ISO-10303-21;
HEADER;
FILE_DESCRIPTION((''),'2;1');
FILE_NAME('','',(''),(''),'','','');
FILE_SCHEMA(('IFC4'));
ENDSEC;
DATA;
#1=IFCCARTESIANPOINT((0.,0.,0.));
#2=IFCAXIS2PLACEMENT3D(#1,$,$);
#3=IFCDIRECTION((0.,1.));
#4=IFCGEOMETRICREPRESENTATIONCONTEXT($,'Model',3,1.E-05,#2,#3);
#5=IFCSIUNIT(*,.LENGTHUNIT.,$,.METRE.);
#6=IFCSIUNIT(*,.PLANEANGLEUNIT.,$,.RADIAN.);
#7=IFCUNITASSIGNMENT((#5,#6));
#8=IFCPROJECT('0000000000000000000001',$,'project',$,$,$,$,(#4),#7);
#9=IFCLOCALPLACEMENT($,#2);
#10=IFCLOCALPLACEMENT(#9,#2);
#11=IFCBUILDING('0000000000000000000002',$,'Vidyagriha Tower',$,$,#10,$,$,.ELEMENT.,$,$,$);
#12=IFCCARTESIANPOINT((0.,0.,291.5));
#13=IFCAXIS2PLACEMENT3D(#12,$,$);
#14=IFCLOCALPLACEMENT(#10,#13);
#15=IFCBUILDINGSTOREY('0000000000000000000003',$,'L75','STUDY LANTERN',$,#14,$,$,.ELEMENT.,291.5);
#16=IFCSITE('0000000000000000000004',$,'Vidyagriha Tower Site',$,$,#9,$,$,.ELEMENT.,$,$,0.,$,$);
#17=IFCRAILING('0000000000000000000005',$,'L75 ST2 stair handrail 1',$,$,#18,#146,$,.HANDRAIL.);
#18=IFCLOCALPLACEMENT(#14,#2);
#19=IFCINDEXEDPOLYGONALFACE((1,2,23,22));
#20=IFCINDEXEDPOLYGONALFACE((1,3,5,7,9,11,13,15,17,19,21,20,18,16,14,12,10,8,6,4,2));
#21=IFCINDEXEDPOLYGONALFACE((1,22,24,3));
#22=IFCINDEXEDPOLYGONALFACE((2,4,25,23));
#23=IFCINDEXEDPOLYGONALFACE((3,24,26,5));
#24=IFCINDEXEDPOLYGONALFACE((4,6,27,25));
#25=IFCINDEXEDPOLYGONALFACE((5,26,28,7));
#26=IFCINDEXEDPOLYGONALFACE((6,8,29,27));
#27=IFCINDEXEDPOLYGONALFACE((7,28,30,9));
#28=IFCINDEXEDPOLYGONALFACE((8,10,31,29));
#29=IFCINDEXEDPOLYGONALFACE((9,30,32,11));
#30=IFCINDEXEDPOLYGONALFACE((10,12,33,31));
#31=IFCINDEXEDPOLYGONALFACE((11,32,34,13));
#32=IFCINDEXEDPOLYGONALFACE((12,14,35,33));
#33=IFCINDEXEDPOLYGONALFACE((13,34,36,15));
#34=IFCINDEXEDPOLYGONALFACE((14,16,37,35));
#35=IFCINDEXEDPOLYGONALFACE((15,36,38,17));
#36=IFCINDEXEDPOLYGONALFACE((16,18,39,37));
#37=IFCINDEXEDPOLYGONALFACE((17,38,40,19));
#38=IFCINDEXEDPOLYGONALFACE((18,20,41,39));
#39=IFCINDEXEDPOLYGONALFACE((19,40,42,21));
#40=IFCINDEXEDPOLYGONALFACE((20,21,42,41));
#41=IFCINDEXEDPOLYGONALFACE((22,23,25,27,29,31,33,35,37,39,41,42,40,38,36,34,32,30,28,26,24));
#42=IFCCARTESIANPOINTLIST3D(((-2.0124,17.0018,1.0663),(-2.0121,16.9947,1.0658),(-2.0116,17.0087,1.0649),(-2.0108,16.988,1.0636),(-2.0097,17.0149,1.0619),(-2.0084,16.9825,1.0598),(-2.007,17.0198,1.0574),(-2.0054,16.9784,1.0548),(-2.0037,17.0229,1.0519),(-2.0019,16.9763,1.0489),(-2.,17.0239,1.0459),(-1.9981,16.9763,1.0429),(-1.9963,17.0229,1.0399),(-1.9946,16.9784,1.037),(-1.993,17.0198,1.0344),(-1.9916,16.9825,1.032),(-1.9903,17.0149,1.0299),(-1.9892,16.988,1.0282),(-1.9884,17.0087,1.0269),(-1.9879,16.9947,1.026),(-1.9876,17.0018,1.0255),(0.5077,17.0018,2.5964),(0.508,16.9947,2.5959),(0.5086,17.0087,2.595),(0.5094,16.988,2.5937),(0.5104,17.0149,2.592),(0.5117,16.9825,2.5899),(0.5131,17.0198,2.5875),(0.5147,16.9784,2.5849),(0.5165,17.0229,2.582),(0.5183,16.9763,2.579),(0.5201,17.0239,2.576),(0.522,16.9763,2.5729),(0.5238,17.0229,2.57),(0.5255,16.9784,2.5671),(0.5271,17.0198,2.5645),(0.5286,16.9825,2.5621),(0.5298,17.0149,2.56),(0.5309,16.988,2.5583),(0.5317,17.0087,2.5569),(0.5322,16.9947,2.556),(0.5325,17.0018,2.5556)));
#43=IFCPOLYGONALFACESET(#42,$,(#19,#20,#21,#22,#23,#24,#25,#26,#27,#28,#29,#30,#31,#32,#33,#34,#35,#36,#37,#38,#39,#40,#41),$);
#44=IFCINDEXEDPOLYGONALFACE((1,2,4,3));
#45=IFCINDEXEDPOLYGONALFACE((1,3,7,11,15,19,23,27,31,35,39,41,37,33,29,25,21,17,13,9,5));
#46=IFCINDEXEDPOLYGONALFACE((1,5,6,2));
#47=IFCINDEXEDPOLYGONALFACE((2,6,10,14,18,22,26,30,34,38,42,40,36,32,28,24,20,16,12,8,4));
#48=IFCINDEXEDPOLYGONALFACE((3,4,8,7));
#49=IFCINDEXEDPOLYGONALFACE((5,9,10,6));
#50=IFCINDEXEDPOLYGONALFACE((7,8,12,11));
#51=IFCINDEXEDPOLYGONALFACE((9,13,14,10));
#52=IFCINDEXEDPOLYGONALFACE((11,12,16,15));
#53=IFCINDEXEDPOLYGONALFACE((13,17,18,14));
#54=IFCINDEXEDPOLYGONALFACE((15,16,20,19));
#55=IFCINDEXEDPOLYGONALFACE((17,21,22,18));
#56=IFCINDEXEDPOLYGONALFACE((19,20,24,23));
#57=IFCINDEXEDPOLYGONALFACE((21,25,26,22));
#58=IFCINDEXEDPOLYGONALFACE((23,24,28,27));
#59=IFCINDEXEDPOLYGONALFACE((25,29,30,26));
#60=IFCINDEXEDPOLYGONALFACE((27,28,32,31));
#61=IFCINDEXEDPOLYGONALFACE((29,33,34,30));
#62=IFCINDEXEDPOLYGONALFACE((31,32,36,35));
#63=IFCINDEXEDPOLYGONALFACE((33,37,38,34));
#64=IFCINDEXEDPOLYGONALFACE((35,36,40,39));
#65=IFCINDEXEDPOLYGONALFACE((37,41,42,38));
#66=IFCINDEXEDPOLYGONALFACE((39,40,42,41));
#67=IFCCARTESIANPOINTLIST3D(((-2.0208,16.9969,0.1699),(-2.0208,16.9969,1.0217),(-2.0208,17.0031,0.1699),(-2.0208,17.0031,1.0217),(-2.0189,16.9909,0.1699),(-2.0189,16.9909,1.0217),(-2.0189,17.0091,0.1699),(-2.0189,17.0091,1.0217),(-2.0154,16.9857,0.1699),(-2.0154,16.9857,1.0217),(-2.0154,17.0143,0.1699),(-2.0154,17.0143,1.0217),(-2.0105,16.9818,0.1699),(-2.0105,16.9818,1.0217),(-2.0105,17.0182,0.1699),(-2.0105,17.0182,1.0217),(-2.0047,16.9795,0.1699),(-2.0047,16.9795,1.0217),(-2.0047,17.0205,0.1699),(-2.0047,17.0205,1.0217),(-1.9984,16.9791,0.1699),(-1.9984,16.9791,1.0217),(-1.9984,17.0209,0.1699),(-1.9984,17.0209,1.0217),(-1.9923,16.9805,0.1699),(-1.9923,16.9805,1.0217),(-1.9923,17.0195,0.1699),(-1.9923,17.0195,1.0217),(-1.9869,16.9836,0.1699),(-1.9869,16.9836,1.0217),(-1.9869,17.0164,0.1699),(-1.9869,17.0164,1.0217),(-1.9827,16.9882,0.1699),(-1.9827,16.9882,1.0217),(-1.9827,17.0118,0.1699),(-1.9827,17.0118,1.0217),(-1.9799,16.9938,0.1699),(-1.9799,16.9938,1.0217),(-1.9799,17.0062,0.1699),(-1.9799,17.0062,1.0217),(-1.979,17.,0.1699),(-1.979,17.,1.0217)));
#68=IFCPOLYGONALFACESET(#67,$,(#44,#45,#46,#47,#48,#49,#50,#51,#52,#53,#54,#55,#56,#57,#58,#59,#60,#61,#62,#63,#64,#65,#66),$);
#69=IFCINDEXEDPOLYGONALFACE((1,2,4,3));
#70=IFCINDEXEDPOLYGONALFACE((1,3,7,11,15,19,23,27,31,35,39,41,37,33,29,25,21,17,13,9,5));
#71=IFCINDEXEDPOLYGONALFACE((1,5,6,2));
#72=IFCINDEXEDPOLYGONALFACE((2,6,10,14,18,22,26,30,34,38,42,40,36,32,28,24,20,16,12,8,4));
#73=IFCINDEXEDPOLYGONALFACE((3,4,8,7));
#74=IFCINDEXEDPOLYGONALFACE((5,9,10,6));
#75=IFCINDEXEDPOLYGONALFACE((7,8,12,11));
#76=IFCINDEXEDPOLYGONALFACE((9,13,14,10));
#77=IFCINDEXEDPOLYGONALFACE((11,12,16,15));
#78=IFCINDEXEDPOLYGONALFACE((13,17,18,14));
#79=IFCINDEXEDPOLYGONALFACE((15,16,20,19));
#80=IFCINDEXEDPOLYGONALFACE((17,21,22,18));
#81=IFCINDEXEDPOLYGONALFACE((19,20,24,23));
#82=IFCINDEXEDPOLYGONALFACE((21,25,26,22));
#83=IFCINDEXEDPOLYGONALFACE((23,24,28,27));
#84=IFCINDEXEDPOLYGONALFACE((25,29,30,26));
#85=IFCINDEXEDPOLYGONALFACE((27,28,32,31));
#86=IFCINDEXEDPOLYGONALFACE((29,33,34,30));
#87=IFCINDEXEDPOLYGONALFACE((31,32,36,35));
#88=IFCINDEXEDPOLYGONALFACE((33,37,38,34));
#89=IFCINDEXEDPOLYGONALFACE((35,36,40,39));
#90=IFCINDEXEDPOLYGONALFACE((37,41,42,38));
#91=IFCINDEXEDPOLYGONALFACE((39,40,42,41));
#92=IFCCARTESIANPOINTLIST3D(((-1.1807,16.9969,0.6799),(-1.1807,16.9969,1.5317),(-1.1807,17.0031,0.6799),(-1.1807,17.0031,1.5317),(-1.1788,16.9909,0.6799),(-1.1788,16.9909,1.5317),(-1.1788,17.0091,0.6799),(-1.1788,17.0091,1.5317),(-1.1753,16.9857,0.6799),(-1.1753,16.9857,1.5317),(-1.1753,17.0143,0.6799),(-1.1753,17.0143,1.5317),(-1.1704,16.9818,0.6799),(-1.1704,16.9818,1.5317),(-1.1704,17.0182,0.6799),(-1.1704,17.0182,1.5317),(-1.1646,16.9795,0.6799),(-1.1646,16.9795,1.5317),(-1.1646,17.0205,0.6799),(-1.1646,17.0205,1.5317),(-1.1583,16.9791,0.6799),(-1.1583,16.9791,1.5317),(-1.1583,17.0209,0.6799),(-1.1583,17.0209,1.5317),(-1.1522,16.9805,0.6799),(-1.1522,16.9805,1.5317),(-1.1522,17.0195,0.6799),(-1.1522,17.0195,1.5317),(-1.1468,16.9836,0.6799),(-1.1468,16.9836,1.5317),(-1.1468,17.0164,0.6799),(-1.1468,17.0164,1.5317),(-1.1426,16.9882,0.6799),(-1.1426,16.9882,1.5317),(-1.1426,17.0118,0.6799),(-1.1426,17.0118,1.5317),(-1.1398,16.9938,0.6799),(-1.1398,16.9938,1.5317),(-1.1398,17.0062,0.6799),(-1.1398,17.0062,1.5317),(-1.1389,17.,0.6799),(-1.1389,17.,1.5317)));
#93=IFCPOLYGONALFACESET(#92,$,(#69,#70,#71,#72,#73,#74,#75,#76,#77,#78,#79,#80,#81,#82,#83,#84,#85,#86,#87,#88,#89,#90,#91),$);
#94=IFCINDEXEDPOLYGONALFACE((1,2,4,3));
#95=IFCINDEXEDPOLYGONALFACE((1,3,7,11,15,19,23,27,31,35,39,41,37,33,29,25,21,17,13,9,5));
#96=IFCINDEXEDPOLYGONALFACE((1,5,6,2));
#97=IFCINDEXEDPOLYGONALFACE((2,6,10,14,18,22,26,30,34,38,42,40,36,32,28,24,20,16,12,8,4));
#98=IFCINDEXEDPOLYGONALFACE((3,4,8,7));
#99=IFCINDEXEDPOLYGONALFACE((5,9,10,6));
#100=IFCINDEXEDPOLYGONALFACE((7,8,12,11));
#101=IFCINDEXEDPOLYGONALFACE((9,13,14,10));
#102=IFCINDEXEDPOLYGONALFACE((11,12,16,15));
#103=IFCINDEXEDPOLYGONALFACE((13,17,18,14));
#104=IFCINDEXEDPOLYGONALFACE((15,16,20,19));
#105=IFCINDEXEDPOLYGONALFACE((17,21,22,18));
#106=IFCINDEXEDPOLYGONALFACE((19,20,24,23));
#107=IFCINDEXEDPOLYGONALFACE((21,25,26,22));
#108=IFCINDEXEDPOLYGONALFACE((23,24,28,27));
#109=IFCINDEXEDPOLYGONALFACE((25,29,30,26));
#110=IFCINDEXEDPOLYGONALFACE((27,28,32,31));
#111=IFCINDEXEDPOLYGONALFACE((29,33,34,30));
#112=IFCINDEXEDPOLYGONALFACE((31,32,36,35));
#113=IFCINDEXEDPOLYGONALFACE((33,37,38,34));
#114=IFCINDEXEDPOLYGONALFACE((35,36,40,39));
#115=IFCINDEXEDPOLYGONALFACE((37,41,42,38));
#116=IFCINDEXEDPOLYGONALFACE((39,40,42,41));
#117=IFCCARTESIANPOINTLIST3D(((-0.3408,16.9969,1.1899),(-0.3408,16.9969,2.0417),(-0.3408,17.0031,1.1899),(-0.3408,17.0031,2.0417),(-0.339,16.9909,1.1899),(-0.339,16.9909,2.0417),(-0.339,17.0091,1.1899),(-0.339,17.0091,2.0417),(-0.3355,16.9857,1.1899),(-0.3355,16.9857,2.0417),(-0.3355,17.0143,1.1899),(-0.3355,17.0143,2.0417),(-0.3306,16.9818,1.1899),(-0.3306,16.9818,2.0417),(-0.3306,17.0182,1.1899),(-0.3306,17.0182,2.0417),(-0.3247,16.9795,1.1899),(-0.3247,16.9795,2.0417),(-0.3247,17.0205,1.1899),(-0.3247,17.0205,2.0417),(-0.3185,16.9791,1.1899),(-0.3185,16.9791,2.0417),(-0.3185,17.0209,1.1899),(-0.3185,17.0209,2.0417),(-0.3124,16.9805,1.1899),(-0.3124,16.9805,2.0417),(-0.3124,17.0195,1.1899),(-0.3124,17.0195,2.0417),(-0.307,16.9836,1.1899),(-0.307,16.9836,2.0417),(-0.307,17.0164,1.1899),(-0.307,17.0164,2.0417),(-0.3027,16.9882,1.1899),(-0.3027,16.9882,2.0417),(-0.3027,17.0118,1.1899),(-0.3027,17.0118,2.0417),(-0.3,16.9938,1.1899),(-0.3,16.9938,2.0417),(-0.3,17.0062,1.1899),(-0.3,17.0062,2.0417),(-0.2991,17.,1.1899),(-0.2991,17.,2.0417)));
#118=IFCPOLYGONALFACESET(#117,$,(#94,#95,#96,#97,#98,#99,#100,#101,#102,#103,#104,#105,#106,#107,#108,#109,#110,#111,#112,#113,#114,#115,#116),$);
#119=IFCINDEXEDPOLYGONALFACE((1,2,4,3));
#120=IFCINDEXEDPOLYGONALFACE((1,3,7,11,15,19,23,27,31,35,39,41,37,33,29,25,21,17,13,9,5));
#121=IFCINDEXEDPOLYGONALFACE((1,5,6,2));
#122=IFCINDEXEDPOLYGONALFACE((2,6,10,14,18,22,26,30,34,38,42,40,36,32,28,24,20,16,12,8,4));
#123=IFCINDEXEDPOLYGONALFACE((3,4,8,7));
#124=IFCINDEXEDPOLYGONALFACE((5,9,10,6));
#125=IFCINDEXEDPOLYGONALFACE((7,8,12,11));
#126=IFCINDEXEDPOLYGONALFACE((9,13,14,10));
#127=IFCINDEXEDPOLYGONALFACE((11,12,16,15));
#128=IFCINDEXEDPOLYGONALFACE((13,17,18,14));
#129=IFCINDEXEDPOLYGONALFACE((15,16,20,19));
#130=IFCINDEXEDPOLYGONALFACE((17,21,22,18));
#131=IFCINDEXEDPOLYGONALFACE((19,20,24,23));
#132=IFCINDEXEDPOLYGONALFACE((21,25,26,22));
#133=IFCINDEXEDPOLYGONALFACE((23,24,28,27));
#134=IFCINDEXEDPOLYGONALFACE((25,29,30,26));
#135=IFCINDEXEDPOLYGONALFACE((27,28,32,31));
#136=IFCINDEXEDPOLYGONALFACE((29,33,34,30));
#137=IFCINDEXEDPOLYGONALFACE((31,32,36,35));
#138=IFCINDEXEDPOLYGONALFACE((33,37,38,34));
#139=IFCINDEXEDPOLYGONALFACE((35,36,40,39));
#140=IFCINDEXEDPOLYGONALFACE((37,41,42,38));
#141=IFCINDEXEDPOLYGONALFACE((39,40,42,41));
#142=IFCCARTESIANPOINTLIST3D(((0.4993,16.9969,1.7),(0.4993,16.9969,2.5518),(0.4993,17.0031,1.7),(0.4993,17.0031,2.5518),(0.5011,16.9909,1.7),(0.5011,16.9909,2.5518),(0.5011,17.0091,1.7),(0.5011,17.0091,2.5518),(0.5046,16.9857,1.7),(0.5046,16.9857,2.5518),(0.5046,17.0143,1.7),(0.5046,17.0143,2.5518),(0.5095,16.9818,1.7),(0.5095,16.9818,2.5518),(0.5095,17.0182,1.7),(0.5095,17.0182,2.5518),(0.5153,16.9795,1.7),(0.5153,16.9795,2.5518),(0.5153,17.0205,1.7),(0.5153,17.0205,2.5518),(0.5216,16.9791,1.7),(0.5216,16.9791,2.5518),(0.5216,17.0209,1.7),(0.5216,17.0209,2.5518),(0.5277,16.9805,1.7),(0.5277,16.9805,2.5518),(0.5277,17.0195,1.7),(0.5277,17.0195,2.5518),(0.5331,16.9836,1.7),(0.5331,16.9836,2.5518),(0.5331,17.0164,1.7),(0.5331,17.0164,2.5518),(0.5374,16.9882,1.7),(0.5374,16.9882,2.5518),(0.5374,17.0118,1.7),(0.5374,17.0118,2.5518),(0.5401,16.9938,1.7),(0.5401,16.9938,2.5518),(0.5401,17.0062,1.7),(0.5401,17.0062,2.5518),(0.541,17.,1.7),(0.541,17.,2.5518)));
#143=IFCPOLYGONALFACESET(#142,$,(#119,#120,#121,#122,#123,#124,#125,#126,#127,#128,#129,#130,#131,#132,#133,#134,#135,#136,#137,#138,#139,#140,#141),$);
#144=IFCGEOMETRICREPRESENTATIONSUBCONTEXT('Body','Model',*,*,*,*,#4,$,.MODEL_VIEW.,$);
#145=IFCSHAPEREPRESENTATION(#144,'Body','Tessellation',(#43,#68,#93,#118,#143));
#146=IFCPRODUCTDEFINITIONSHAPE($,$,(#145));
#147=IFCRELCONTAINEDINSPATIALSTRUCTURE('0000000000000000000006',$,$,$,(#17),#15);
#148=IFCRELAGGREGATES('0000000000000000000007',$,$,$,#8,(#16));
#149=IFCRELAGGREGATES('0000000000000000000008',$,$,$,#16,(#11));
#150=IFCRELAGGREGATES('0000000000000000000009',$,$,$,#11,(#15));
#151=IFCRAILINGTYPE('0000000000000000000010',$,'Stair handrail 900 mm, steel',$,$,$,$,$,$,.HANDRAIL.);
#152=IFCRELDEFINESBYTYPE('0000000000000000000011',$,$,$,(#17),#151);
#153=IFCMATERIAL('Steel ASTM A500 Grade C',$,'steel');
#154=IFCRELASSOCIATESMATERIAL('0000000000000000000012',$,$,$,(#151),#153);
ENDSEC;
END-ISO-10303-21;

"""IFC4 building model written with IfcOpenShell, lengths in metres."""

from ifc_helpers import new_model, si_unit, direction, frame, origin, origin_2d, place, context, subcontext, project, spatial, circle, extrude, material, type_object, element, save


model = new_model("IFC4")

# Units and contexts
model_context = context("Model", 3, precision=1e-05, world=origin(), true_north=direction((0.0, 1.0)))
body_context = subcontext(model_context, "Body", "Model", "MODEL_VIEW")
ifc_project = project(units=[si_unit("LENGTHUNIT", "METRE"), si_unit("PLANEANGLEUNIT", "RADIAN")], contexts=[model_context])

# Site, building, storey
site_placement = place(None, origin())
site = spatial("IfcSite", under=ifc_project, at=site_placement, Name="Vidyagriha Tower Site", CompositionType="ELEMENT", RefElevation=0.0)
building_placement = place(site_placement, origin())
building = spatial("IfcBuilding", under=site, at=building_placement, Name="Vidyagriha Tower", CompositionType="ELEMENT")
storey_placement = place(building_placement, frame((0.0, 0.0, 291.5)))
storey = spatial("IfcBuildingStorey", under=building, at=storey_placement, Name="L75", Description="STUDY LANTERN", CompositionType="ELEMENT", Elevation=291.5)

# Railing
ifc_material_1 = material(Name="Steel ASTM A500 Grade C", Category="steel")
railing_type_1 = type_object("IfcRailingType", Name="Stair handrail 900 mm, steel", PredefinedType="HANDRAIL", material=ifc_material_1)
railing_1_placement = place(storey_placement, frame((-2.0, 17.0, 0.1699)))
element("IfcRailing", 1, at=railing_1_placement, inside=storey, type_object=railing_type_1, Name="L75 ST2 stair handrail 1", PredefinedType="HANDRAIL", context=body_context, shape_type="SweptSolid", body=[
    extrude(circle(Radius=0.0239, at=origin_2d()), frame((0.0, 0.0, 0.876), z_axis=(0.854785, 0.0, 0.518982), x_axis=(0.0, 1.0, 0.0)), (0.0, 0.0, 1.0), 2.9482),
    extrude(circle(Radius=0.021, at=origin_2d()), origin(), (0.0, 0.0, 1.0), 0.8518),
    extrude(circle(Radius=0.021, at=origin_2d()), frame((0.8401, 0.0, 0.51)), (0.0, 0.0, 1.0), 0.8518),
    extrude(circle(Radius=0.021, at=origin_2d()), frame((1.6799, 0.0, 1.02)), (0.0, 0.0, 1.0), 0.8518),
    extrude(circle(Radius=0.021, at=origin_2d()), frame((2.52, 0.0, 1.53)), (0.0, 0.0, 1.0), 0.8518),
])

save(model, "model.ifc")
